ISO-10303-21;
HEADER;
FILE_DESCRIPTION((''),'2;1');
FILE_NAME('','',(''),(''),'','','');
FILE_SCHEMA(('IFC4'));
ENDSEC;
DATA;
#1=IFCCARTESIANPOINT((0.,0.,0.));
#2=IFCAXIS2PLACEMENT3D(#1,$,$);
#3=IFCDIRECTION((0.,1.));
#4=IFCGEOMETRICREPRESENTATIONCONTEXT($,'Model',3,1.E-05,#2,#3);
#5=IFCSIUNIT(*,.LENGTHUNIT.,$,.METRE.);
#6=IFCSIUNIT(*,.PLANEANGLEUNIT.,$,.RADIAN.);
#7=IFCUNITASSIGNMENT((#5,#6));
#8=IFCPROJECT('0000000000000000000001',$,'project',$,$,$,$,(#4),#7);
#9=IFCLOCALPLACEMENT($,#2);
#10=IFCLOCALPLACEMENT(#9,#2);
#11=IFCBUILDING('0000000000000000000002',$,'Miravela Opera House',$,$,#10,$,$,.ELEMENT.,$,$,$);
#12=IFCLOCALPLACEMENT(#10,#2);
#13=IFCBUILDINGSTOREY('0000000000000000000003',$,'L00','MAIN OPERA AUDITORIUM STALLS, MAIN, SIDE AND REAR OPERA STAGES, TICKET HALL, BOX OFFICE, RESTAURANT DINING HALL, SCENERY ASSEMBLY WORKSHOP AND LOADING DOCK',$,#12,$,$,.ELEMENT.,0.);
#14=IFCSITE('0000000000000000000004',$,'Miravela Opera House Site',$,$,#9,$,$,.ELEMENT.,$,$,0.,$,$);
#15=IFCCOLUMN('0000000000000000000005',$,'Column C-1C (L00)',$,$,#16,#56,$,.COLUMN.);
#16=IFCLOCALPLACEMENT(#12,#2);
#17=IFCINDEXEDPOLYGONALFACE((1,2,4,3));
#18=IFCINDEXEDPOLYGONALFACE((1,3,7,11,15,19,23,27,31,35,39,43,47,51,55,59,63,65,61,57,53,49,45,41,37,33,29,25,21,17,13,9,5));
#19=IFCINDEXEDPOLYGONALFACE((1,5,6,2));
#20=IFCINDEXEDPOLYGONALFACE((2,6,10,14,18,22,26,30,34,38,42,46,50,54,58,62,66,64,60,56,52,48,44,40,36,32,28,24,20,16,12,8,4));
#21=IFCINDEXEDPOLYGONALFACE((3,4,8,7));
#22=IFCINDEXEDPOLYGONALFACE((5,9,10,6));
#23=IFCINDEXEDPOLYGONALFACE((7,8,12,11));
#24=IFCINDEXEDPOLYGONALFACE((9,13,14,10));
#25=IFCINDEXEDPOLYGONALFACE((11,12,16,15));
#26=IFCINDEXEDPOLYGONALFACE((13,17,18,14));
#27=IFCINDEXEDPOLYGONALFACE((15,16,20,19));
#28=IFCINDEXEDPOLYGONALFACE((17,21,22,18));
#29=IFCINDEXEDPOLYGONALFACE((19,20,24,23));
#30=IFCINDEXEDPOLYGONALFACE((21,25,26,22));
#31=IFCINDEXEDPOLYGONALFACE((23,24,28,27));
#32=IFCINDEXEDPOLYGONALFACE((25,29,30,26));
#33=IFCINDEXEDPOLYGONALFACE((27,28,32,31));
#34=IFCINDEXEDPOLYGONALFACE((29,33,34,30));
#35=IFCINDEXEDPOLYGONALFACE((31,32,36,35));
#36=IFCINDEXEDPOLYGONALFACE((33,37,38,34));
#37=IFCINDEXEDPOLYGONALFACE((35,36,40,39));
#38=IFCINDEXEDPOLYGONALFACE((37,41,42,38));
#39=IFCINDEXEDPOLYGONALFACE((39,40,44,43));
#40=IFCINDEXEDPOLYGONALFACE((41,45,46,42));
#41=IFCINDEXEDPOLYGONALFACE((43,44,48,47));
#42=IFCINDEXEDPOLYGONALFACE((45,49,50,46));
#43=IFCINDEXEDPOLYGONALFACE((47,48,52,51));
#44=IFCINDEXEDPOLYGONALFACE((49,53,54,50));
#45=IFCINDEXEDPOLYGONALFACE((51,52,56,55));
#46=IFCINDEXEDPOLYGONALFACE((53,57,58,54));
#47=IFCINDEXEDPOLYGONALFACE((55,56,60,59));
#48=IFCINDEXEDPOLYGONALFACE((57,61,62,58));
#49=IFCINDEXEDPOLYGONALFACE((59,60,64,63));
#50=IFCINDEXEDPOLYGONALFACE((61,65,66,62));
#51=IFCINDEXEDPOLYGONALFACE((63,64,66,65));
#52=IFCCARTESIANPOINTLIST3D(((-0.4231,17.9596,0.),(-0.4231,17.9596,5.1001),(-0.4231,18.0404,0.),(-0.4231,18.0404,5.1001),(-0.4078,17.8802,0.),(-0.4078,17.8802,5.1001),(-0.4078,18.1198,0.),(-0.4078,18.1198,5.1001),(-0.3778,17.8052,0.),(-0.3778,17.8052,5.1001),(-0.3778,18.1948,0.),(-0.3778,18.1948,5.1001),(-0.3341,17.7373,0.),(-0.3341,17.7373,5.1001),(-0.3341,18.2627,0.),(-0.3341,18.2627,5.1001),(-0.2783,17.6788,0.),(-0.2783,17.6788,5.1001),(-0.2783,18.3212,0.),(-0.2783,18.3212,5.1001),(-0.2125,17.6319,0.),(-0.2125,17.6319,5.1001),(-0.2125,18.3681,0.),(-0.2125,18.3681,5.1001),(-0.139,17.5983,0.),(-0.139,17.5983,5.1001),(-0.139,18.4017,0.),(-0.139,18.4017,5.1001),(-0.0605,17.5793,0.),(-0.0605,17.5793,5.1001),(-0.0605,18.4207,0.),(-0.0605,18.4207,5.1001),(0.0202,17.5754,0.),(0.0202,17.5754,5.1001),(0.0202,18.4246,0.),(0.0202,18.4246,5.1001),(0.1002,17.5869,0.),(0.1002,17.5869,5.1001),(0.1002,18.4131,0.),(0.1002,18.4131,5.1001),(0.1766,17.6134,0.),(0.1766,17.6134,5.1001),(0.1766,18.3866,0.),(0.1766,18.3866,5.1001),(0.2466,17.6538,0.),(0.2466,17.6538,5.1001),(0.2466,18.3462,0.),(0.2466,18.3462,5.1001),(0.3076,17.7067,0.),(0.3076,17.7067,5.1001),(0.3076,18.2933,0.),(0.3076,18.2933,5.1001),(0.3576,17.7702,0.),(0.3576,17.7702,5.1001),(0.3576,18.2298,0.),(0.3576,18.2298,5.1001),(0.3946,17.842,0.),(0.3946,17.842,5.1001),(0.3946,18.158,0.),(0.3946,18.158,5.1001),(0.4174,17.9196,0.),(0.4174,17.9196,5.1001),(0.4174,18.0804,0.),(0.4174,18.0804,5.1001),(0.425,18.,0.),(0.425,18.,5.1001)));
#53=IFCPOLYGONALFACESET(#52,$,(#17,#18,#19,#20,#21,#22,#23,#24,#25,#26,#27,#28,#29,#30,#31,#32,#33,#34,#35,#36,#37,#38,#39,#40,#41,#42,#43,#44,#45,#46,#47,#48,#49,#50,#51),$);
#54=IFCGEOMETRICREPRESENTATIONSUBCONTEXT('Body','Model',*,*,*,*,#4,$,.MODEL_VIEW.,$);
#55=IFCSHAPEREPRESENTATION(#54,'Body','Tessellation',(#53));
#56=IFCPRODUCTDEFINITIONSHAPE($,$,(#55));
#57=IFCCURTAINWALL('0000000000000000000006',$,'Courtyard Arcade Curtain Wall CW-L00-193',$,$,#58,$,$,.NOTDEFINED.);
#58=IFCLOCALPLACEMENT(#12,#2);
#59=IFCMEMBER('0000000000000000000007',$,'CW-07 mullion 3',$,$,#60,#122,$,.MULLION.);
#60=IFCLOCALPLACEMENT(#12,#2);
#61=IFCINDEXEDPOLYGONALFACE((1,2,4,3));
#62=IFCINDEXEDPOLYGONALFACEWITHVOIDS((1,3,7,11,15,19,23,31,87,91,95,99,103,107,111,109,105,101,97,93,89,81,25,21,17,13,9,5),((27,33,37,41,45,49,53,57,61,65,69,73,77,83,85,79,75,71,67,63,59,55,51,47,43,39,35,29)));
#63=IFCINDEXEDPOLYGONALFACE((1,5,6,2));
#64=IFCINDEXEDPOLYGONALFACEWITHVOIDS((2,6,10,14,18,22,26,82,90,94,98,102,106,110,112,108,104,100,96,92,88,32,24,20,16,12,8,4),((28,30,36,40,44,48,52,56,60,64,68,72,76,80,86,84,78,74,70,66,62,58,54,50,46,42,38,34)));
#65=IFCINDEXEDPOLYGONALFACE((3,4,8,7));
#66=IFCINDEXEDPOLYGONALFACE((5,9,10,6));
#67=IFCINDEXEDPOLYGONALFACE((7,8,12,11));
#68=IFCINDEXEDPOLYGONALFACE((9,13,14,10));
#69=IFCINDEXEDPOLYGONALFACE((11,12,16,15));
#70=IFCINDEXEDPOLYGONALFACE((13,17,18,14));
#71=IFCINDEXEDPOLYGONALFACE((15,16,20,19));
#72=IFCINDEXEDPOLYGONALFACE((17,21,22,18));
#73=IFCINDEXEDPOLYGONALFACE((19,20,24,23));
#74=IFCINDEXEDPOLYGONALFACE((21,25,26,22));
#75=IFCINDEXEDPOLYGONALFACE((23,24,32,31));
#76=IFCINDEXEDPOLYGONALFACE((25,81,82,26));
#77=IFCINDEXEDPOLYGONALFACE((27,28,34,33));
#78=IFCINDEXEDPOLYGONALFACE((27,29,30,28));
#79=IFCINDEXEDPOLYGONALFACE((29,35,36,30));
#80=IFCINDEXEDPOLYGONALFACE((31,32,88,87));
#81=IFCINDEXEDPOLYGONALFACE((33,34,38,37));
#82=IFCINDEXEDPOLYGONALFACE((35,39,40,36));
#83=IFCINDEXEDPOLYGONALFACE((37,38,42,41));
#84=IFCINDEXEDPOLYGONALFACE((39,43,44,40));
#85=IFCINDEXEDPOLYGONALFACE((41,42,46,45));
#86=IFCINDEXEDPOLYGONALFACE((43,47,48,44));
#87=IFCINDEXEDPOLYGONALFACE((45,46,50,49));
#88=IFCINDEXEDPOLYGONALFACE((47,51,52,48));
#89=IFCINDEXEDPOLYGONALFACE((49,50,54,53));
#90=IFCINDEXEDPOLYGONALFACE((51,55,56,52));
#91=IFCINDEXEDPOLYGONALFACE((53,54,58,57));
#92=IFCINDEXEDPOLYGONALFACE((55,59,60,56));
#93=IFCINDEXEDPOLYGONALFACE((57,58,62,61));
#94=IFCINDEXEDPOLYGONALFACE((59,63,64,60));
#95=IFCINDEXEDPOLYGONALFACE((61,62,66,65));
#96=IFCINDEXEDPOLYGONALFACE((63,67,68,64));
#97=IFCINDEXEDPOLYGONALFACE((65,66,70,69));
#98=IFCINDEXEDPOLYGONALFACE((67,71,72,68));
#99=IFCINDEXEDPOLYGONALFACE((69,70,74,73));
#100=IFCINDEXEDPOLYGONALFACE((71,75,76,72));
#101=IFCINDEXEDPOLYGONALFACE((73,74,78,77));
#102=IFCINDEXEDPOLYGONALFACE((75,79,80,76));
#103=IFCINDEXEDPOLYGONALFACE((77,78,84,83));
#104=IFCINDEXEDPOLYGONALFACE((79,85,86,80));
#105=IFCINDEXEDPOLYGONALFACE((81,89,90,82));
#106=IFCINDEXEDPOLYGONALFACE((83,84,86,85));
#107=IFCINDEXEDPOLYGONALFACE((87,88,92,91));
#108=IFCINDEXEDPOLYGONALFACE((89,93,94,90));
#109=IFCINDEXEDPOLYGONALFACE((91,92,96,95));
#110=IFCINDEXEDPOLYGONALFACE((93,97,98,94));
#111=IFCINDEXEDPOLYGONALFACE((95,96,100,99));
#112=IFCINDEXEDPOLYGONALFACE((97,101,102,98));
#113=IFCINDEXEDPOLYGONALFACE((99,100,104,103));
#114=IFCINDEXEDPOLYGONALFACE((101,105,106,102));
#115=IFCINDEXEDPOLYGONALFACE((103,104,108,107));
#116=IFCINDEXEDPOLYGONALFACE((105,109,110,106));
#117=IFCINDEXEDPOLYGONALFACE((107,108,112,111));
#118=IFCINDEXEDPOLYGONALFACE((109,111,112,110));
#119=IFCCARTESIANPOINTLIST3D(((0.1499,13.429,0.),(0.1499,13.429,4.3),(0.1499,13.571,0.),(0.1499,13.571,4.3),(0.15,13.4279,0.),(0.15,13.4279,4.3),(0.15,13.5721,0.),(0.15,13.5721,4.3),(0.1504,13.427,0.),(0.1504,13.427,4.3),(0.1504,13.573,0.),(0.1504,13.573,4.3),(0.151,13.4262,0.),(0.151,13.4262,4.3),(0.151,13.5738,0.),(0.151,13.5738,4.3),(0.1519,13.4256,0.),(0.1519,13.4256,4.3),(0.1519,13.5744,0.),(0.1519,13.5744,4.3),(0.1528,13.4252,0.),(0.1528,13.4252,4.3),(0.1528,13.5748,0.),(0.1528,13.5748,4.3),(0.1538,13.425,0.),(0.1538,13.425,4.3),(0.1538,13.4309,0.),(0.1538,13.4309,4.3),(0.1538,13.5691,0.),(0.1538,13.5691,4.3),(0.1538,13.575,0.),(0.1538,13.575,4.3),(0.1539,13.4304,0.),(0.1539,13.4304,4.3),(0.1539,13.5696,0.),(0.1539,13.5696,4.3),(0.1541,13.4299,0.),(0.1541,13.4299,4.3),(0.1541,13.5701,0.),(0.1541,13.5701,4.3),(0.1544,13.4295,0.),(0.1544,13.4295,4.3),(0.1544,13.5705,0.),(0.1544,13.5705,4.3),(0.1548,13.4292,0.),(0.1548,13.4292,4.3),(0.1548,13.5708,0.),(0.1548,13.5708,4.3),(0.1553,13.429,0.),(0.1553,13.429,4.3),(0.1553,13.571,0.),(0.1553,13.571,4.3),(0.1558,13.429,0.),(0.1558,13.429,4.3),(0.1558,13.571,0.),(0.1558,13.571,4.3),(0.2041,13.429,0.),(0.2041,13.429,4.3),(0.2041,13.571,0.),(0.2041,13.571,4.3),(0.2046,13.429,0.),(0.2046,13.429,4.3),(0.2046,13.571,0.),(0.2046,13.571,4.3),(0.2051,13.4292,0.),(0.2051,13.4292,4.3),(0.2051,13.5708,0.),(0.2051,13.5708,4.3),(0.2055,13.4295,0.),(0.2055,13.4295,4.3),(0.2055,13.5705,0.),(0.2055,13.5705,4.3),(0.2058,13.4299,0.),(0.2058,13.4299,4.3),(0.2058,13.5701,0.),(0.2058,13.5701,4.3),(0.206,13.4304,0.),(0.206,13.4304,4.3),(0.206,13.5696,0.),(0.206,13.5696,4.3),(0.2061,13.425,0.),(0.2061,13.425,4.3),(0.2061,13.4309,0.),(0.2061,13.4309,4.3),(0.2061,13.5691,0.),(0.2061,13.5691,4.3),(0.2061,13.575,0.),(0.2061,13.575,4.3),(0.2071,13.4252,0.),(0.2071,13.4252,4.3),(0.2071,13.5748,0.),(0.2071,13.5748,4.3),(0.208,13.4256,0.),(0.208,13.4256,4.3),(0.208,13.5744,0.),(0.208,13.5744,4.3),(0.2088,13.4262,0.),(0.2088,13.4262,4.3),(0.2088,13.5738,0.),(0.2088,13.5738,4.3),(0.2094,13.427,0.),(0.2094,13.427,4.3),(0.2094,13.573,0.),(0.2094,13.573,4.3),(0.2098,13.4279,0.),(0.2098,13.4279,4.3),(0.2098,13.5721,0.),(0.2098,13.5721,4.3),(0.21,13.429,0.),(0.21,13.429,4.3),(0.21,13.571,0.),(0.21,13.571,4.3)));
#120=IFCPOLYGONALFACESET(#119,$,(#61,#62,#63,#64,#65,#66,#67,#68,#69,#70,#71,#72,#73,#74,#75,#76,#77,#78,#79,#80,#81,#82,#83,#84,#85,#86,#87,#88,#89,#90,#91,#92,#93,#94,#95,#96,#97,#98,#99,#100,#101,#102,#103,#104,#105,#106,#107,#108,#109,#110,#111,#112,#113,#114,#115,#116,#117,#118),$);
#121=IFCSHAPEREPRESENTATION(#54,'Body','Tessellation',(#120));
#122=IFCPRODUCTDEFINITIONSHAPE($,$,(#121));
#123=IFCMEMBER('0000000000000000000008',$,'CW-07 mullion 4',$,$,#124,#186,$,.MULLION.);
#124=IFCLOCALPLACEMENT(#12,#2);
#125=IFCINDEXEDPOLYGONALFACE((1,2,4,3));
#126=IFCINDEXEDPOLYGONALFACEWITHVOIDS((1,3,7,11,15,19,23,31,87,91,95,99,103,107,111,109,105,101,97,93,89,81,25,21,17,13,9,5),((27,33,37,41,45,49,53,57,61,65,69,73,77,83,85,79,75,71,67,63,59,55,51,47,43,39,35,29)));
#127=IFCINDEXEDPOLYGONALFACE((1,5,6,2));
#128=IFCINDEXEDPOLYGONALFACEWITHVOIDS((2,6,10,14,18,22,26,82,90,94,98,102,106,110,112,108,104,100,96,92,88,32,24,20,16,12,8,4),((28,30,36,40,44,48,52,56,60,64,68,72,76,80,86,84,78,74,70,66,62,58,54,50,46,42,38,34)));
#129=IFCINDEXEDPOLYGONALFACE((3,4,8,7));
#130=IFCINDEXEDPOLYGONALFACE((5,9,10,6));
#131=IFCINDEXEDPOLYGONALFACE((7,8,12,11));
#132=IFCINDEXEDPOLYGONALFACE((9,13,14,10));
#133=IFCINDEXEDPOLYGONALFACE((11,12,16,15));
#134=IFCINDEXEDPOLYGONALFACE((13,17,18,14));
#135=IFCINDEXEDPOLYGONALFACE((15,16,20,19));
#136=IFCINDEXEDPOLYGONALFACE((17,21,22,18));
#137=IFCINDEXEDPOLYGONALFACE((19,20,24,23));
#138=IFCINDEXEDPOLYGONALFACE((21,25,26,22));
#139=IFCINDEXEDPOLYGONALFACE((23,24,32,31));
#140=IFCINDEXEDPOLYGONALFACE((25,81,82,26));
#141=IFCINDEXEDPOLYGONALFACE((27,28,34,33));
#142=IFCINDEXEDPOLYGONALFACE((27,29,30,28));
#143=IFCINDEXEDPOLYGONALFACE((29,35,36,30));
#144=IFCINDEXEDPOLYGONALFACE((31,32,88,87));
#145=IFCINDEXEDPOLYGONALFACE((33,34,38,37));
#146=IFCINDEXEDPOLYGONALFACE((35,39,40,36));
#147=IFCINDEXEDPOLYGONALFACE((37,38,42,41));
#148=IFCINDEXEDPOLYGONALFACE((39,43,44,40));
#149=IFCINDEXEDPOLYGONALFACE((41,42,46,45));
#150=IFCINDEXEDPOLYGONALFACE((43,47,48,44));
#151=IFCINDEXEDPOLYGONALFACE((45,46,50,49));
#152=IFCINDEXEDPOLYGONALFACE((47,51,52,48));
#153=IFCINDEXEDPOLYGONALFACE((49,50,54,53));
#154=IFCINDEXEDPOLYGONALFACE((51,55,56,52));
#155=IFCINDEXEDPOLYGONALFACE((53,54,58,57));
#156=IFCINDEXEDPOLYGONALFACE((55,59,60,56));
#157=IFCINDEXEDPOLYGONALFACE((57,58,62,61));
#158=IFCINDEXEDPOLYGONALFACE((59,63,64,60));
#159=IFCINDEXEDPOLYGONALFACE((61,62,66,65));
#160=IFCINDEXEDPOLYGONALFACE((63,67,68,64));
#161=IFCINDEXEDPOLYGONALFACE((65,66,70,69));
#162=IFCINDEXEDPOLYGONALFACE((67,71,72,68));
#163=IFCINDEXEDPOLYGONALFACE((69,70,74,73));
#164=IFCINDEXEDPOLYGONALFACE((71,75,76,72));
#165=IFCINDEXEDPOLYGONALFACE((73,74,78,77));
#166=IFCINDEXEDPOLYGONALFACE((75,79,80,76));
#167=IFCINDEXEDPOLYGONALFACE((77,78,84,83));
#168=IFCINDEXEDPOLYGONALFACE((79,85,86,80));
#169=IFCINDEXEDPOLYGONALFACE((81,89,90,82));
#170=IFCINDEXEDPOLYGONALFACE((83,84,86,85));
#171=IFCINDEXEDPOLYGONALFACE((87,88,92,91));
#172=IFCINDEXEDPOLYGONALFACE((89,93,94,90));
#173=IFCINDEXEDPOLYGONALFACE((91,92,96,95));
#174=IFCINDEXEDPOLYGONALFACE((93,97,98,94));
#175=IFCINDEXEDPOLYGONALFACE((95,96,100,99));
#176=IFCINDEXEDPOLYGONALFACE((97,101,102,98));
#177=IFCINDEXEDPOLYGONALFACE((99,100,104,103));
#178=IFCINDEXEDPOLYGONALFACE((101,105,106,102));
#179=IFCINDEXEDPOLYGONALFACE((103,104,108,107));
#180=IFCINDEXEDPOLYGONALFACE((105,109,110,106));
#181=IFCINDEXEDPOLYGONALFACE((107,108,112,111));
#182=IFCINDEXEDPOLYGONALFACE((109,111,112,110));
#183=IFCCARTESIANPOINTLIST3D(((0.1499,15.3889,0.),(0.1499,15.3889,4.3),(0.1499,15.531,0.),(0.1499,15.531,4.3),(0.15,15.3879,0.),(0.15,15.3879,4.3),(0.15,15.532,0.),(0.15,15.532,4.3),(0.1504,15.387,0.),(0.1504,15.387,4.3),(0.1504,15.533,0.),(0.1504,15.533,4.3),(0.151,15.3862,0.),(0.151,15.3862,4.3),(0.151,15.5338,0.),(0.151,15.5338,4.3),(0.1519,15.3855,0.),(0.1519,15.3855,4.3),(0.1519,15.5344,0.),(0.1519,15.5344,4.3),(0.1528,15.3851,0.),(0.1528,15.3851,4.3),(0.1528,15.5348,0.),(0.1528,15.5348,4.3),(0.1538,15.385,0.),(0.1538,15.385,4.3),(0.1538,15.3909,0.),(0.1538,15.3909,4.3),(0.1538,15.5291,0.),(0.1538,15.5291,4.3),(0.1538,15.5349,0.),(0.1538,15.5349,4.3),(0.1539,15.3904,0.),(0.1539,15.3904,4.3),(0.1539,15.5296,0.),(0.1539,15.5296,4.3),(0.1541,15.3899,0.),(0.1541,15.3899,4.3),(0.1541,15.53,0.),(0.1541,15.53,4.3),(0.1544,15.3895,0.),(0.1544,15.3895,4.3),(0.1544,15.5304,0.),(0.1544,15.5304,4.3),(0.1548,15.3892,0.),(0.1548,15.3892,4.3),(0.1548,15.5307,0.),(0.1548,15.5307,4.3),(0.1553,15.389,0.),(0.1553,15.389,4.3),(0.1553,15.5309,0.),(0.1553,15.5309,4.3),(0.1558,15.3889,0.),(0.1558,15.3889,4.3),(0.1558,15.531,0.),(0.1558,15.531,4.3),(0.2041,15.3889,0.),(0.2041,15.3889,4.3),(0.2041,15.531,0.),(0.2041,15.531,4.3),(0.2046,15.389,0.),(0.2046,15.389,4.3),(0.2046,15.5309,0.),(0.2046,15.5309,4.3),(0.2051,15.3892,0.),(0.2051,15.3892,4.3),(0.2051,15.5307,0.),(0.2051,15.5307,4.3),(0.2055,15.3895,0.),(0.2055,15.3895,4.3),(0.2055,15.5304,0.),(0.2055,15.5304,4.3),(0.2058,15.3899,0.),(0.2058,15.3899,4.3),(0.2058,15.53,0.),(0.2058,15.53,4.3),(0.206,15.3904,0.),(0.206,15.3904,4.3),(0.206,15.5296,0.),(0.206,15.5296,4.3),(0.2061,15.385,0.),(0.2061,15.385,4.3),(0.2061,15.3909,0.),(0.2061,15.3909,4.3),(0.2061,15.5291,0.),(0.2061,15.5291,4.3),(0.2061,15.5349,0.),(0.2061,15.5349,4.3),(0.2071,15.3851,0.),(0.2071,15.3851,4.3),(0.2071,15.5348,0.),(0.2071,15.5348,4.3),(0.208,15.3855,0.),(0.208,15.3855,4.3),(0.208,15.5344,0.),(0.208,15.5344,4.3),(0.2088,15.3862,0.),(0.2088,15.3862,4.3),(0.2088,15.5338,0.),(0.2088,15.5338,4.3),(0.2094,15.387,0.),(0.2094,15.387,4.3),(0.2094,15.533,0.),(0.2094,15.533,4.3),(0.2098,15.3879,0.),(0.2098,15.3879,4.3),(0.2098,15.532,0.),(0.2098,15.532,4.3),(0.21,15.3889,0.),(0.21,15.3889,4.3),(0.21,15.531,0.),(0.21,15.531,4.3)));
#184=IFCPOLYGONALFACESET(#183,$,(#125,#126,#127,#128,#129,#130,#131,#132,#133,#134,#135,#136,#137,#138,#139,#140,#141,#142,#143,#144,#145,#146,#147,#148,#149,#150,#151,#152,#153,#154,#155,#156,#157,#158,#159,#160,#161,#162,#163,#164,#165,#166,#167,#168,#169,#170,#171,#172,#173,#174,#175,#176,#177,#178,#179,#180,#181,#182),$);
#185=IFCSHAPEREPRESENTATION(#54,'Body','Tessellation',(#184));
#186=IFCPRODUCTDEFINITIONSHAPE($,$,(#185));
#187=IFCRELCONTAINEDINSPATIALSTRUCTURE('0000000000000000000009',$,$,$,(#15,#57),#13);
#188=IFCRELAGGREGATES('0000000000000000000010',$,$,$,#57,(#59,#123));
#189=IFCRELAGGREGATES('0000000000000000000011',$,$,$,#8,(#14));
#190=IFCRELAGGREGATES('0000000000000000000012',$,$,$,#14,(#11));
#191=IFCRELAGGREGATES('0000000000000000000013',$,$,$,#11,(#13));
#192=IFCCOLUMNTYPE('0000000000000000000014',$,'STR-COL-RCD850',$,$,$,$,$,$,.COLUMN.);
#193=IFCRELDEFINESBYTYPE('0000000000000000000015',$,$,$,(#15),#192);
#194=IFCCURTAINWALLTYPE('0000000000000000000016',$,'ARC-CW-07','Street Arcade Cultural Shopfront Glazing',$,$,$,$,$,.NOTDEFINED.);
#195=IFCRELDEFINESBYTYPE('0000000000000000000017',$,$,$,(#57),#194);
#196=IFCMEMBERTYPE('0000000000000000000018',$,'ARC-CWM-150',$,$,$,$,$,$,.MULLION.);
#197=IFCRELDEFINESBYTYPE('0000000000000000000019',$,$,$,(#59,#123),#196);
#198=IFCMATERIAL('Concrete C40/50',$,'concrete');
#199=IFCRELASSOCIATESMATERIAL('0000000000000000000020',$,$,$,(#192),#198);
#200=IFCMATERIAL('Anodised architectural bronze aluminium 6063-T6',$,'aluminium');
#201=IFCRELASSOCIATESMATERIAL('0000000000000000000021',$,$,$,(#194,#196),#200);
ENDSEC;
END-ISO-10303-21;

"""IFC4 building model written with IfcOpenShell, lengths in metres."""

from ifc_helpers import new_model, si_unit, direction, frame, origin, origin_2d, place, context, subcontext, project, spatial, hollow_rectangle, circle, extrude, material, material_profile, profile_set, type_object, element, aggregate, save


model = new_model("IFC4")

# Units and contexts
model_context = context("Model", 3, precision=1e-05, world=origin(), true_north=direction((0.0, 1.0)))
body_context = subcontext(model_context, "Body", "Model", "MODEL_VIEW")
ifc_project = project(units=[si_unit("LENGTHUNIT", "METRE"), si_unit("PLANEANGLEUNIT", "RADIAN")], contexts=[model_context])

# Site, building, storey
site_placement = place(None, origin())
site = spatial("IfcSite", under=ifc_project, at=site_placement, Name="Miravela Opera House Site", CompositionType="ELEMENT", RefElevation=0.0)
building_placement = place(site_placement, origin())
building = spatial("IfcBuilding", under=site, at=building_placement, Name="Miravela Opera House", CompositionType="ELEMENT")
storey_placement = place(building_placement, origin())
storey = spatial("IfcBuildingStorey", under=building, at=storey_placement, Name="L00", Description="MAIN OPERA AUDITORIUM STALLS, MAIN, SIDE AND REAR OPERA STAGES, TICKET HALL, BOX OFFICE, RESTAURANT DINING HALL, SCENERY ASSEMBLY WORKSHOP AND LOADING DOCK", CompositionType="ELEMENT", Elevation=0.0)

# Column
ifc_material_1 = material(Name="Concrete C40/50", Category="concrete")
ifc_material_profile_1 = material_profile(ifc_material_1, circle(Radius=0.425, at=origin_2d()), Name="RC-COL-D850")
ifc_profile_set_1 = profile_set([ifc_material_profile_1])
column_type = type_object("IfcColumnType", Name="STR-COL-RCD850", PredefinedType="COLUMN", material=ifc_profile_set_1)
column_placement = place(storey_placement, frame((0.0, 18.0, 0.0), z_axis=(0.0, 0.0, 1.0), x_axis=(1.0, 0.0, 0.0)))
element("IfcColumn", 1, at=column_placement, inside=storey, type_object=column_type, Name="Column C-1C (L00)", PredefinedType="COLUMN", context=body_context, shape_type="SweptSolid", body=[
    extrude(circle(Radius=0.425, at=origin_2d()), origin(), (0.0, 0.0, 1.0), 5.1001),
])

# Curtain wall, members
ifc_material_2 = material(Name="Anodised architectural bronze aluminium 6063-T6", Category="aluminium")
curtain_wall_type = type_object("IfcCurtainWallType", Name="ARC-CW-07", Description="Street Arcade Cultural Shopfront Glazing", PredefinedType="NOTDEFINED", material=ifc_material_2)
curtain_wall_placement = place(storey_placement, origin())
curtain_wall = element("IfcCurtainWall", 2, at=curtain_wall_placement, inside=storey, type_object=curtain_wall_type, Name="Courtyard Arcade Curtain Wall CW-L00-193", PredefinedType="NOTDEFINED")
ifc_material_profile_2 = material_profile(ifc_material_2, hollow_rectangle(XDim=0.0601, YDim=0.1499, WallThickness=0.0039, InnerFilletRadius=0.002, OuterFilletRadius=0.0039, at=origin_2d()), Name="CWM-60X150")
ifc_profile_set_2 = profile_set([ifc_material_profile_2])
member_type_1 = type_object("IfcMemberType", Name="ARC-CWM-150", PredefinedType="MULLION", material=ifc_profile_set_2)
member_1_placement = place(storey_placement, frame((0.1799, 13.5, 0.0), z_axis=(0.0, 0.0, 1.0), x_axis=(-1.0, 0.0, 0.0)))
member_1 = element("IfcMember", 3, at=member_1_placement, type_object=member_type_1, Name="CW-07 mullion 3", PredefinedType="MULLION", context=body_context, shape_type="SweptSolid", body=[
    extrude(hollow_rectangle(XDim=0.0601, YDim=0.1499, WallThickness=0.0039, InnerFilletRadius=0.002, OuterFilletRadius=0.0039, at=origin_2d()), origin(), (0.0, 0.0, 1.0), 4.3),
])
member_2_placement = place(storey_placement, frame((0.1799, 15.46, 0.0), z_axis=(0.0, 0.0, 1.0), x_axis=(-1.0, 0.0, 0.0)))
member_2 = element("IfcMember", 4, at=member_2_placement, type_object=member_type_1, Name="CW-07 mullion 4", PredefinedType="MULLION", context=body_context, shape_type="SweptSolid", body=[
    extrude(hollow_rectangle(XDim=0.0601, YDim=0.1499, WallThickness=0.0039, InnerFilletRadius=0.002, OuterFilletRadius=0.0039, at=origin_2d()), origin(), (0.0, 0.0, 1.0), 4.3),
])

aggregate(curtain_wall, [member_1, member_2])

save(model, "model.ifc")
